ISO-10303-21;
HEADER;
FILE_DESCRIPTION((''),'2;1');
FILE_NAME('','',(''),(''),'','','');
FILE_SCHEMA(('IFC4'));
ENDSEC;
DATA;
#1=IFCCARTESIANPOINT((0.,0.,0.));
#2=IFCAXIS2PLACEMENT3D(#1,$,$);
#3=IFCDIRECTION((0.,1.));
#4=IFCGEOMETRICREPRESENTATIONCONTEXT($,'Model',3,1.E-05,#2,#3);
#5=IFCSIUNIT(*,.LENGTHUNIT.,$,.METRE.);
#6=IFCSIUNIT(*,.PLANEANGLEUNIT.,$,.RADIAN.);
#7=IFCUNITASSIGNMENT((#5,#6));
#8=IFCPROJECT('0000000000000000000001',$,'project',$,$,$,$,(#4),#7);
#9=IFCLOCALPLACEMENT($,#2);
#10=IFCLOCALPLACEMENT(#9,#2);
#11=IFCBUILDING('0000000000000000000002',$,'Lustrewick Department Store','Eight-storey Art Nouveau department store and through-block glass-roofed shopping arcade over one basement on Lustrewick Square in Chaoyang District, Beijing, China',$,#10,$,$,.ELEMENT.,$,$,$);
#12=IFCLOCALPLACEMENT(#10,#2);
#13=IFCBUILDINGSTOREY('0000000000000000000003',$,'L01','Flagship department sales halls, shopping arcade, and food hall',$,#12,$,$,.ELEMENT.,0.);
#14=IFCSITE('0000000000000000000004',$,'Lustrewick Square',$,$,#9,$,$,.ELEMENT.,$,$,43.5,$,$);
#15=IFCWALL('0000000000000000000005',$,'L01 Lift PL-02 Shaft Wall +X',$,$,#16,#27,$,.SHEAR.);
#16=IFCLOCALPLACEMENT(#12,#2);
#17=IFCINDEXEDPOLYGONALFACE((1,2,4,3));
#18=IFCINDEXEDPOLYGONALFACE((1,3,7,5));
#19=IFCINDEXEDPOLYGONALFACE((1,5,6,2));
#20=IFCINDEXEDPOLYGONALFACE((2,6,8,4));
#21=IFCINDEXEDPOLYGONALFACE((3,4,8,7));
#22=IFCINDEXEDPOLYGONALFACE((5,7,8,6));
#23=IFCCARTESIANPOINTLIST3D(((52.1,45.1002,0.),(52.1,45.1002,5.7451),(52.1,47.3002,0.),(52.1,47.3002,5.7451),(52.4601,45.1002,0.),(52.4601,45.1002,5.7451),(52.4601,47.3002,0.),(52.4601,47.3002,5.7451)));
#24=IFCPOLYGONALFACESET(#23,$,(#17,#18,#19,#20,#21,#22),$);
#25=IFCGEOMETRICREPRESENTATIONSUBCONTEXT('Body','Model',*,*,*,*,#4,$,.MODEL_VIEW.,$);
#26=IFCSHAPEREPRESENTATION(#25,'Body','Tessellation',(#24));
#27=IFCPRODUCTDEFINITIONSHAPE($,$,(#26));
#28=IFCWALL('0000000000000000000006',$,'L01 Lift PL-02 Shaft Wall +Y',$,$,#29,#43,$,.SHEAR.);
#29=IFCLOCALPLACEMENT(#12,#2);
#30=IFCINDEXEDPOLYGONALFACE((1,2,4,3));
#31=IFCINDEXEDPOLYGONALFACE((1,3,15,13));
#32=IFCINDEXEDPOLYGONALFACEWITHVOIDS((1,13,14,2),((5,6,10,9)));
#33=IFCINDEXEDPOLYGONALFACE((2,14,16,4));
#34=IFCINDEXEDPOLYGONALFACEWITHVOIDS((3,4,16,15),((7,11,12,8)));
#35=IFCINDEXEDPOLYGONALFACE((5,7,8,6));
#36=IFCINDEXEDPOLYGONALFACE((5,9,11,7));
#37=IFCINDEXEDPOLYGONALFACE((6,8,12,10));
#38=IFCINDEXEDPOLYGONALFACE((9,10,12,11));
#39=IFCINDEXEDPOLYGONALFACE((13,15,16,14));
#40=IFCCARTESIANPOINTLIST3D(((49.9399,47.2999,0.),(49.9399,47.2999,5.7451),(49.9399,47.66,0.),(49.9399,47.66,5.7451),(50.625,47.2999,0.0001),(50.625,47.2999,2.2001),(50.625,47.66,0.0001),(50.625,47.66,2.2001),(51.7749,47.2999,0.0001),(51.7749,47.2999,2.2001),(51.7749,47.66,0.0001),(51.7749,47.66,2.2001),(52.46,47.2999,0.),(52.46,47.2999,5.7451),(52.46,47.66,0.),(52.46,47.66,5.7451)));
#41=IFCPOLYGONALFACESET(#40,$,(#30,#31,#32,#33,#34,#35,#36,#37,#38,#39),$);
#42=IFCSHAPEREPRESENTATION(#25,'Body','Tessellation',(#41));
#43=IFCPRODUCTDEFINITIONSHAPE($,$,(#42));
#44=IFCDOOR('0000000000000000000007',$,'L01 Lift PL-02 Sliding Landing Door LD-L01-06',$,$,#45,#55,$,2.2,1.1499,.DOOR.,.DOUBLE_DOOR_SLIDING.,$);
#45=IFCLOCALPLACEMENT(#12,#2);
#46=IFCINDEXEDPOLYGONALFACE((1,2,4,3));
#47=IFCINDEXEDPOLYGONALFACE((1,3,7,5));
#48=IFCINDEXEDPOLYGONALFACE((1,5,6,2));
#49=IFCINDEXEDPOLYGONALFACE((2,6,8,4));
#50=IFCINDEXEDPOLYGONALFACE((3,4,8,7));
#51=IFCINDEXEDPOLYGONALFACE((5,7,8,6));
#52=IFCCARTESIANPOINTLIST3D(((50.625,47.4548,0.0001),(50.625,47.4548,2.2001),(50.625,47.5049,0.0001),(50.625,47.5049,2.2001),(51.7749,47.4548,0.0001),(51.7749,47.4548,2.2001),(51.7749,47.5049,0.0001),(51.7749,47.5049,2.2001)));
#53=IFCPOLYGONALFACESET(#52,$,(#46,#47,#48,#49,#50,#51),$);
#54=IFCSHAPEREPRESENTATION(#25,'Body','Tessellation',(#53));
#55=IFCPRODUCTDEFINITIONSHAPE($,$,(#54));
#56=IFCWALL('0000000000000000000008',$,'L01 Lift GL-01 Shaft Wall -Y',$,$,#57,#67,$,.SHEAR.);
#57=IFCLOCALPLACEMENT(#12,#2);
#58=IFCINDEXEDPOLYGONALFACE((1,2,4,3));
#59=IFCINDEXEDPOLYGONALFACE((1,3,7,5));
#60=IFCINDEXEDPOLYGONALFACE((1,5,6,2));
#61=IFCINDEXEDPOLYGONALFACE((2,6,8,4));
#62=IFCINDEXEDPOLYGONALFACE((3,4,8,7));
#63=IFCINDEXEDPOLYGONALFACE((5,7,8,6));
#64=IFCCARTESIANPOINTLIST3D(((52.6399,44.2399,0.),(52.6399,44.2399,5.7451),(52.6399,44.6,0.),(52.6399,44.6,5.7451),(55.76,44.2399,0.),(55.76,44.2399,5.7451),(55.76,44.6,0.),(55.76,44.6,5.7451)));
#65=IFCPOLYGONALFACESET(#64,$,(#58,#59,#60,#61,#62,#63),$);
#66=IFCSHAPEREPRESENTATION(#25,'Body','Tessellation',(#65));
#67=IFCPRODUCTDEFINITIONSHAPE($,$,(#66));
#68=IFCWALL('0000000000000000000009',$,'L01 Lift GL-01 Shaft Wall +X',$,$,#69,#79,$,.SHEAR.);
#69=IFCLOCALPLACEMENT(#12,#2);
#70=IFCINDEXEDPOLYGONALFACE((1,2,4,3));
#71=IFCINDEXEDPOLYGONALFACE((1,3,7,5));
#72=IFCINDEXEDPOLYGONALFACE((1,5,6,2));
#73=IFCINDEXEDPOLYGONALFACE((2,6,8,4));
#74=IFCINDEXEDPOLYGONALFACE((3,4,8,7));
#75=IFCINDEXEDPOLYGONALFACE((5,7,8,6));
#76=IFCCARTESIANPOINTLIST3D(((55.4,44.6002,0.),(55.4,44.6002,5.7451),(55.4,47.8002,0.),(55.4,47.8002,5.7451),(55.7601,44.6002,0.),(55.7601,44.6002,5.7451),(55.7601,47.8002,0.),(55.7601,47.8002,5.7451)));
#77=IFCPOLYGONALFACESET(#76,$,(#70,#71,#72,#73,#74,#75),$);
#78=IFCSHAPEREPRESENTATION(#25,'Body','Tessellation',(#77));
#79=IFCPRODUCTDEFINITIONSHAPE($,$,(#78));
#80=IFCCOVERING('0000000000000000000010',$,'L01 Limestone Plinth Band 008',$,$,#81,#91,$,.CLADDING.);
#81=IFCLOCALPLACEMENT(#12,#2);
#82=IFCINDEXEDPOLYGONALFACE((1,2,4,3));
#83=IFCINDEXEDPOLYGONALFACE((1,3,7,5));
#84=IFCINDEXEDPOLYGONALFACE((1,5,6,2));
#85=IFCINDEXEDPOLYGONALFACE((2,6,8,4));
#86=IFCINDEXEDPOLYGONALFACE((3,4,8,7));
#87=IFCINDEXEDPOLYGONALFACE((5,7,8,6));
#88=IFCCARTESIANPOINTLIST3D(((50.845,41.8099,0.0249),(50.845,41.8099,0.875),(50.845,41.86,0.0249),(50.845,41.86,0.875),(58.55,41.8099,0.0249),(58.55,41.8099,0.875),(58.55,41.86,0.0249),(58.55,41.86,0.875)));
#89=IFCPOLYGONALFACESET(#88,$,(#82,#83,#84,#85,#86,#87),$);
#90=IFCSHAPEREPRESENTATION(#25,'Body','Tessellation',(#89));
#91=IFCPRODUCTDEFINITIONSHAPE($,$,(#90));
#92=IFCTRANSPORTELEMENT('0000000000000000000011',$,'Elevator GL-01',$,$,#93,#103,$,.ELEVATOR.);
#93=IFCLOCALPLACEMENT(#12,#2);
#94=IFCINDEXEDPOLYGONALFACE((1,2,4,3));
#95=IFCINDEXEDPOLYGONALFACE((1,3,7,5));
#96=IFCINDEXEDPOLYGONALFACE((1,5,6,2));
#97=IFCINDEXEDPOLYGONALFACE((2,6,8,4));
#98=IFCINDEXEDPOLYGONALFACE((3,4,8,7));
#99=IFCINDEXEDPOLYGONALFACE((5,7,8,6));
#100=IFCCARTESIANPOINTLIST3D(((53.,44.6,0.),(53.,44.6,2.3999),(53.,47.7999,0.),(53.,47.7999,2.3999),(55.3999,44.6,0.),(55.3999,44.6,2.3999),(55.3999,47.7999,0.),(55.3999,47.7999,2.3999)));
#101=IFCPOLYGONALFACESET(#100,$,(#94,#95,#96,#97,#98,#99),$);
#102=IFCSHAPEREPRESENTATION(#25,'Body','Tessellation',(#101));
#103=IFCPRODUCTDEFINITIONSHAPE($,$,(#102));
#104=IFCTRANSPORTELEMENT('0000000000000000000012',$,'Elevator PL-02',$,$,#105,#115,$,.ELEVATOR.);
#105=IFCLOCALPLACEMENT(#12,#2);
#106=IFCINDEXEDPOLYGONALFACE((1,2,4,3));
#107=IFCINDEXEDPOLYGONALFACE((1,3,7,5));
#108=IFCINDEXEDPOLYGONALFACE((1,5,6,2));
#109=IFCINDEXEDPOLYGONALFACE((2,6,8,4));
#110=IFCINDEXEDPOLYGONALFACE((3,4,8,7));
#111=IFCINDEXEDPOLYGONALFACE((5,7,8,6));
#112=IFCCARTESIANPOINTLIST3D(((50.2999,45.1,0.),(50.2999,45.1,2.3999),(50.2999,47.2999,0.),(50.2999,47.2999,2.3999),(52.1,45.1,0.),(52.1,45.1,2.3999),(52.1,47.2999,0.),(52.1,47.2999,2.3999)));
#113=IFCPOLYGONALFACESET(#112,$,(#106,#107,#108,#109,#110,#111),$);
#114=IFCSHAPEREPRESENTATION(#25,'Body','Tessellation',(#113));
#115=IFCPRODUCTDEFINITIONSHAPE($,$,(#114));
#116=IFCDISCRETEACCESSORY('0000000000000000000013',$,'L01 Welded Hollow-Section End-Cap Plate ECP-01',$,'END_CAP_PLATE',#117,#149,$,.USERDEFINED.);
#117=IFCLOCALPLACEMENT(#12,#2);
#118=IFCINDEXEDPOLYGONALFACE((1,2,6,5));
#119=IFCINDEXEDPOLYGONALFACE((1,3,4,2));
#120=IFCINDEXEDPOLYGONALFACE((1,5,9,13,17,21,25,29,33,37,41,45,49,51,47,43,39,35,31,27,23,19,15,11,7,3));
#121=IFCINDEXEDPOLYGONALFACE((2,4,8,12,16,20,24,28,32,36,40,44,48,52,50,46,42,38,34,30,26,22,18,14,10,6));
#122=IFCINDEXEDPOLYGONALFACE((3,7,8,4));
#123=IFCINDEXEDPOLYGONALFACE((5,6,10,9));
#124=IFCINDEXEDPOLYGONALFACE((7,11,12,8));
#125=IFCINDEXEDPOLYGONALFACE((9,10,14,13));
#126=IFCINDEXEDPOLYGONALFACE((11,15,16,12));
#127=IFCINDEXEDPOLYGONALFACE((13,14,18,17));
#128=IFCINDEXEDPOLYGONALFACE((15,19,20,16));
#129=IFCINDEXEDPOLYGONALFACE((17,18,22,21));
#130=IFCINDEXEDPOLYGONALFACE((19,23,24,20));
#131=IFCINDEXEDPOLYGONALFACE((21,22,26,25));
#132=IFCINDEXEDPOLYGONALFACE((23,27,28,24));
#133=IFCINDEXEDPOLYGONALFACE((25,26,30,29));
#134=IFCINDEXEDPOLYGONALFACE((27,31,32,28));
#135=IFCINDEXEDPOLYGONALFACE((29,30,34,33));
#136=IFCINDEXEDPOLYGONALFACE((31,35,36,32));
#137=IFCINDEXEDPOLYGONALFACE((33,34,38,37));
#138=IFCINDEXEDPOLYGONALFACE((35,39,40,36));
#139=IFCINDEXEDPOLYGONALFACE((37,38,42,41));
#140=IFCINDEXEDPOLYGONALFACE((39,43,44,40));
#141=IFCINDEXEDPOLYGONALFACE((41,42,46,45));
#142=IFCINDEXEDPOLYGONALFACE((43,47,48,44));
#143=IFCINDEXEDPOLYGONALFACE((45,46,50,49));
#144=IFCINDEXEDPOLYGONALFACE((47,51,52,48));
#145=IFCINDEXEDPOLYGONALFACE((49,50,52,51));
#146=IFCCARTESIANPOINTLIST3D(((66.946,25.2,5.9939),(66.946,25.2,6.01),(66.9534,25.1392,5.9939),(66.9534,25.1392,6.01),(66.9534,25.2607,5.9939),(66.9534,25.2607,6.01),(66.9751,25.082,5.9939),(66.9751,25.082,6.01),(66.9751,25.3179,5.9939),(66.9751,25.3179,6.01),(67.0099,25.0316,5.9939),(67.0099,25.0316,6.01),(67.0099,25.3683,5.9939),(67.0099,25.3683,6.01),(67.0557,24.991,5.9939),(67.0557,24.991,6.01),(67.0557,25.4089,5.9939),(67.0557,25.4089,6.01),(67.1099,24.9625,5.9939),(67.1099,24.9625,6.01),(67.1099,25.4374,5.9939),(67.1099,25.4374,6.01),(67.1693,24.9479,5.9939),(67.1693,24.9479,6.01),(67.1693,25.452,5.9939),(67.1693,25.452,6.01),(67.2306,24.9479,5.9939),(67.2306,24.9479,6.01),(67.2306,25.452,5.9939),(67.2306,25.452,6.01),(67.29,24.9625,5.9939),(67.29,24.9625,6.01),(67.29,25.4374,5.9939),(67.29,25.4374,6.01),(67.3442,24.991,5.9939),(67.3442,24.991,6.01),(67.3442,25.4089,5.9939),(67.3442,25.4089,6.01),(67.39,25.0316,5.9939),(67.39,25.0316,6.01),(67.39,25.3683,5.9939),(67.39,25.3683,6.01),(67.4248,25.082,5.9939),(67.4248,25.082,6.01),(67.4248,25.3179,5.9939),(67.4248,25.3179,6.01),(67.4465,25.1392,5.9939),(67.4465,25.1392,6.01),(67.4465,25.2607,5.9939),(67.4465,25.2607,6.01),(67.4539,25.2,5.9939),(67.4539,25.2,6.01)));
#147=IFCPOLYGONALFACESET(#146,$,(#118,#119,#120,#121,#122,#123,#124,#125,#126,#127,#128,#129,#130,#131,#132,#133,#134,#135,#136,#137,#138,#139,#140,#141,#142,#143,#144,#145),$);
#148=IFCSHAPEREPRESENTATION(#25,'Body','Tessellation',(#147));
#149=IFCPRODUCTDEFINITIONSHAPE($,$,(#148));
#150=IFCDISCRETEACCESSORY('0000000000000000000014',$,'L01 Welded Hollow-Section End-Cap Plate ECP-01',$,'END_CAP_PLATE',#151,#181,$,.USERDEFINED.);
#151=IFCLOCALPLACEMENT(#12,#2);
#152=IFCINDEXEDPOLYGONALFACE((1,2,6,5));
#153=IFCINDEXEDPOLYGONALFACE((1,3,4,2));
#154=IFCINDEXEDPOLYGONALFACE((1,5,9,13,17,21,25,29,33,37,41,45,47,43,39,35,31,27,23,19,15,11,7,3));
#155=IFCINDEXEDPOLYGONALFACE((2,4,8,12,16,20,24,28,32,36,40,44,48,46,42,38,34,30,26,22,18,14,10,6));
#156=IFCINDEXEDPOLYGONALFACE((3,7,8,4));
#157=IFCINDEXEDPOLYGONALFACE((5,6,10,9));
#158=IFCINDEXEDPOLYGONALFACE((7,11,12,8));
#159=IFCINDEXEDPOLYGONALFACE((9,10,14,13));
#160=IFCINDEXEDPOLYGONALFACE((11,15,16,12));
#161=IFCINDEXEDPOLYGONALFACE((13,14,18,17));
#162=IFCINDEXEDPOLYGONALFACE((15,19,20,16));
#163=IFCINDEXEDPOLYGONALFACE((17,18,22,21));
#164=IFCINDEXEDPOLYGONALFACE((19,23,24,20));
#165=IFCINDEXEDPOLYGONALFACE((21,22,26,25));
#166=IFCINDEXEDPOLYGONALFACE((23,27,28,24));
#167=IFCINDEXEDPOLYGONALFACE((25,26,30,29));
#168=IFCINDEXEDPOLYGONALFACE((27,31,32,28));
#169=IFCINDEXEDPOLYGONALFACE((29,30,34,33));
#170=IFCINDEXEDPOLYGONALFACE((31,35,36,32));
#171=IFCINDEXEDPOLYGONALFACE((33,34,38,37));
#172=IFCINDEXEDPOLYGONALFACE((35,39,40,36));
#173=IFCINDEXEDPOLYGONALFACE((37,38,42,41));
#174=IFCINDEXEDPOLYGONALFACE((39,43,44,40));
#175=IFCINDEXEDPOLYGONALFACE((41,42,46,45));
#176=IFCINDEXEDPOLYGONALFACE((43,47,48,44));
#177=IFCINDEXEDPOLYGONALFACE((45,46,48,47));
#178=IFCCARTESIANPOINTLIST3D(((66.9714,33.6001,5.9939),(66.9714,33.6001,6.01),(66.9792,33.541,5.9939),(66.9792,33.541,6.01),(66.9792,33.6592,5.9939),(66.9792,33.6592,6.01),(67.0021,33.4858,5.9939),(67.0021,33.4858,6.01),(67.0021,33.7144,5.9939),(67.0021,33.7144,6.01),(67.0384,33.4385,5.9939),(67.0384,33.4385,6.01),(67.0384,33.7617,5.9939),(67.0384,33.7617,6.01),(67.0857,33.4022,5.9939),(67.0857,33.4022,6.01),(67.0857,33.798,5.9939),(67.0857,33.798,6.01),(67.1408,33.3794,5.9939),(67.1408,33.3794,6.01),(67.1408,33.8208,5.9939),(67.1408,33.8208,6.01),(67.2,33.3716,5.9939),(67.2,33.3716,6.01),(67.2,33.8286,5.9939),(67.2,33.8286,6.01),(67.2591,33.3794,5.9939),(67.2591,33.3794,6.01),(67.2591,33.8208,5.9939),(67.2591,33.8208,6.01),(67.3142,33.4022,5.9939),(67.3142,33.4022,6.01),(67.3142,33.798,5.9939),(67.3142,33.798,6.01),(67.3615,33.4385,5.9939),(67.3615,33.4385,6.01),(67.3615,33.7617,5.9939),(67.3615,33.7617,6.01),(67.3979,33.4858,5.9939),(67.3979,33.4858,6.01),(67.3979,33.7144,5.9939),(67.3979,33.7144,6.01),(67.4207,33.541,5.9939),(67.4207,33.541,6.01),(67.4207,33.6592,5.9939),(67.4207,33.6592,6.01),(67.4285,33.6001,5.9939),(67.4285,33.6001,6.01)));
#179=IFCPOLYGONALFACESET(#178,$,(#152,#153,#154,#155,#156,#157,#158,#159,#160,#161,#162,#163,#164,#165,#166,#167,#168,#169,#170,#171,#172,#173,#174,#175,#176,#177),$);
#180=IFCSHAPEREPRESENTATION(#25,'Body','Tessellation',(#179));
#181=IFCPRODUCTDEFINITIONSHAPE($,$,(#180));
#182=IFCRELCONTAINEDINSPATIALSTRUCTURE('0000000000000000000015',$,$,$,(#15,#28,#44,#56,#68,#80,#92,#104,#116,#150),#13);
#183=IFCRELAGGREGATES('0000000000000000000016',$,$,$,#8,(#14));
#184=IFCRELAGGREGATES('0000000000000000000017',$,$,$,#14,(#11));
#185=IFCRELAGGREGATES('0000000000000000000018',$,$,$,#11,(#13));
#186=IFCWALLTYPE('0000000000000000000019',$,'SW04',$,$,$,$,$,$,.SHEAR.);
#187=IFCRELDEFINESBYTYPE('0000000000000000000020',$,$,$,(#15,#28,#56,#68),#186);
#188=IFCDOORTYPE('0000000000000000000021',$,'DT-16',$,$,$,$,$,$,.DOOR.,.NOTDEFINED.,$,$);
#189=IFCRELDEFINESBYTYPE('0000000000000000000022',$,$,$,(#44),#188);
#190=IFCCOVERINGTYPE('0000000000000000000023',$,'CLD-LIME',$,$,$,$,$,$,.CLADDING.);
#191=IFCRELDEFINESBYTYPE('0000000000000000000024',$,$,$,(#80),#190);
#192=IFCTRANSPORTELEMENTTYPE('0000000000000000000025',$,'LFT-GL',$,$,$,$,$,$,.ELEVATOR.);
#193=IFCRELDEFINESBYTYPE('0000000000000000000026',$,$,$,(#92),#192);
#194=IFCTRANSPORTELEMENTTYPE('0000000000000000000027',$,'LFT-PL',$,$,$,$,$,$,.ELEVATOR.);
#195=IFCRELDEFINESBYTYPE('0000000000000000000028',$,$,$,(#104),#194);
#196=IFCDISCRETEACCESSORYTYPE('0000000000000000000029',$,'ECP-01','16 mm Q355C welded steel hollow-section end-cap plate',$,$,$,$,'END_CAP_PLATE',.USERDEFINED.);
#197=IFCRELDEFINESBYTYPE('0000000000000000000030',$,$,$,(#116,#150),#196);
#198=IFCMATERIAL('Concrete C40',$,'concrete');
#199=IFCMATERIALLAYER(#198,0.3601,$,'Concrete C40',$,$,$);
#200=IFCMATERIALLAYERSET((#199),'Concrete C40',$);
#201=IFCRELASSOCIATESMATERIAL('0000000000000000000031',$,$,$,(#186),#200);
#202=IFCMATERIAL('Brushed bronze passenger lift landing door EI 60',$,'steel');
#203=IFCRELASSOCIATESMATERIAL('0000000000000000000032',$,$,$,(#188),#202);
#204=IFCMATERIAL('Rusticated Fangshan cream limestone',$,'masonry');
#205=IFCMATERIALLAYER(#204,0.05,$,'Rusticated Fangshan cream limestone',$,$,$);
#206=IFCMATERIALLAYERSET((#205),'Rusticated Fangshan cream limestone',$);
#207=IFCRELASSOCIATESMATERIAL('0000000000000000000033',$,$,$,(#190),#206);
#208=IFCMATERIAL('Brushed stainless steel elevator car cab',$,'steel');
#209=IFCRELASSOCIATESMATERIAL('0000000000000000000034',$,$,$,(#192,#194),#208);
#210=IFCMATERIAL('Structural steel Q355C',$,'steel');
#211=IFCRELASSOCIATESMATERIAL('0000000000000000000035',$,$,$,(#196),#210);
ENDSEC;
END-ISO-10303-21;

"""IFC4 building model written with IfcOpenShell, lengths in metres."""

from ifc_helpers import new_model, si_unit, direction, frame, frame_2d, origin, origin_2d, place, context, subcontext, project, spatial, rectangle, circle, extrude, material, layer, layer_set, type_object, element, fill, save


model = new_model("IFC4")

# Units and contexts
model_context = context("Model", 3, precision=1e-05, world=origin(), true_north=direction((0.0, 1.0)))
body_context = subcontext(model_context, "Body", "Model", "MODEL_VIEW")
ifc_project = project(units=[si_unit("LENGTHUNIT", "METRE"), si_unit("PLANEANGLEUNIT", "RADIAN")], contexts=[model_context])

# Site, building, storey
site_placement = place(None, origin())
site = spatial("IfcSite", under=ifc_project, at=site_placement, Name="Lustrewick Square", CompositionType="ELEMENT", RefElevation=43.5)
building_placement = place(site_placement, origin())
building = spatial("IfcBuilding", under=site, at=building_placement, Name="Lustrewick Department Store", Description="Eight-storey Art Nouveau department store and through-block glass-roofed shopping arcade over one basement on Lustrewick Square in Chaoyang District, Beijing, China", CompositionType="ELEMENT")
storey_placement = place(building_placement, origin())
storey = spatial("IfcBuildingStorey", under=building, at=storey_placement, Name="L01", Description="Flagship department sales halls, shopping arcade, and food hall", CompositionType="ELEMENT", Elevation=0.0)

# Shared definitions
ifc_material_1 = material(Name="Structural steel Q355C", Category="steel")
ifc_material_2 = material(Name="Concrete C40", Category="concrete")

# Wall
ifc_layer_1 = layer(ifc_material_2, 0.3601, Name="Concrete C40")
ifc_layer_set_1 = layer_set([ifc_layer_1], Name="Concrete C40")
wall_type_1 = type_object("IfcWallType", Name="SW04", PredefinedType="SHEAR", material=ifc_layer_set_1)
wall_1_placement = place(storey_placement, frame((52.28, 45.1001, 0.0), z_axis=(0.0, 0.0, 1.0), x_axis=(0.0, 1.0, 0.0)))
element("IfcWall", 1, at=wall_1_placement, inside=storey, type_object=wall_type_1, Name="L01 Lift PL-02 Shaft Wall +X", PredefinedType="SHEAR", context=body_context, shape_type="SweptSolid", body=[
    extrude(rectangle(XDim=2.2, YDim=0.3601, at=frame_2d((1.1001, 0.0))), origin(), (0.0, 0.0, 1.0), 5.7451),
])

# Wall, opening, door
wall_2_placement = place(storey_placement, frame((52.46, 47.48, 0.0), z_axis=(0.0, 0.0, 1.0), x_axis=(-1.0, 0.0, 0.0)))
wall_2 = element("IfcWall", 2, at=wall_2_placement, inside=storey, type_object=wall_type_1, Name="L01 Lift PL-02 Shaft Wall +Y", PredefinedType="SHEAR", context=body_context, shape_type="SweptSolid", body=[
    extrude(rectangle(XDim=2.52, YDim=0.3601, at=frame_2d((1.26, 0.0))), origin(), (0.0, 0.0, 1.0), 5.7451),
])
opening_1_placement = place(wall_2_placement, frame((0.6851, 0.0, 0.0)))
opening_1 = element("IfcOpeningElement", 3, at=opening_1_placement, cuts=wall_2, PredefinedType="OPENING", context=body_context, shape_type="SweptSolid", body=[
    extrude(rectangle(XDim=1.1499, YDim=2.2, at=frame_2d((0.575, 1.1001))), frame((0.0, 0.1899, 0.0), z_axis=(0.0, -1.0, 0.0), x_axis=(1.0, 0.0, 0.0)), (0.0, 0.0, 1.0), 0.3801),
])
ifc_material_3 = material(Name="Brushed bronze passenger lift landing door EI 60", Category="steel")
door_type_1 = type_object("IfcDoorType", Name="DT-16", OperationType="NOTDEFINED", PredefinedType="DOOR", material=ifc_material_3)
door_1_placement = place(opening_1_placement, frame((1.1499, 0.0, 0.0), z_axis=(0.0, 0.0, 1.0), x_axis=(-1.0, 0.0, 0.0)))
door_1 = element("IfcDoor", 4, at=door_1_placement, inside=storey, type_object=door_type_1, Name="L01 Lift PL-02 Sliding Landing Door LD-L01-06", OperationType="DOUBLE_DOOR_SLIDING", OverallHeight=2.2, OverallWidth=1.1499, PredefinedType="DOOR", context=body_context, shape_type="SweptSolid", body=[
    extrude(rectangle(XDim=1.1499, YDim=2.2, at=frame_2d((0.575, 1.1001))), frame((0.0, 0.0249, 0.0), z_axis=(0.0, -1.0, 0.0), x_axis=(1.0, 0.0, 0.0)), (0.0, 0.0, 1.0), 0.05),
])
fill(opening_1, door_1)

# Walls
wall_3_placement = place(storey_placement, frame((52.6399, 44.4199, 0.0), z_axis=(0.0, 0.0, 1.0), x_axis=(1.0, 0.0, 0.0)))
element("IfcWall", 5, at=wall_3_placement, inside=storey, type_object=wall_type_1, Name="L01 Lift GL-01 Shaft Wall -Y", PredefinedType="SHEAR", context=body_context, shape_type="SweptSolid", body=[
    extrude(rectangle(XDim=3.1201, YDim=0.3601, at=frame_2d((1.5601, 0.0))), origin(), (0.0, 0.0, 1.0), 5.7451),
])
wall_4_placement = place(storey_placement, frame((55.5801, 44.6001, 0.0), z_axis=(0.0, 0.0, 1.0), x_axis=(0.0, 1.0, 0.0)))
element("IfcWall", 6, at=wall_4_placement, inside=storey, type_object=wall_type_1, Name="L01 Lift GL-01 Shaft Wall +X", PredefinedType="SHEAR", context=body_context, shape_type="SweptSolid", body=[
    extrude(rectangle(XDim=3.2, YDim=0.3601, at=frame_2d((1.6001, 0.0))), origin(), (0.0, 0.0, 1.0), 5.7451),
])

# Covering
ifc_material_4 = material(Name="Rusticated Fangshan cream limestone", Category="masonry")
ifc_layer_2 = layer(ifc_material_4, 0.05, Name="Rusticated Fangshan cream limestone")
ifc_layer_set_2 = layer_set([ifc_layer_2], Name="Rusticated Fangshan cream limestone")
covering_type = type_object("IfcCoveringType", Name="CLD-LIME", PredefinedType="CLADDING", material=ifc_layer_set_2)
covering_placement = place(storey_placement, frame((54.6975, 41.835, 0.0249), z_axis=(0.0, 0.0, 1.0), x_axis=(1.0, 0.0, 0.0)))
element("IfcCovering", 7, at=covering_placement, inside=storey, type_object=covering_type, Name="L01 Limestone Plinth Band 008", PredefinedType="CLADDING", context=body_context, shape_type="SweptSolid", body=[
    extrude(rectangle(XDim=7.7051, YDim=0.05, at=origin_2d()), origin(), (0.0, 0.0, 1.0), 0.8501),
])

# Transport elements
ifc_material_5 = material(Name="Brushed stainless steel elevator car cab", Category="steel")
transport_element_type_1 = type_object("IfcTransportElementType", Name="LFT-GL", PredefinedType="ELEVATOR", material=ifc_material_5)
transport_element_1_placement = place(storey_placement, frame((54.2, 46.2, 0.0), z_axis=(0.0, 0.0, 1.0), x_axis=(1.0, 0.0, 0.0)))
element("IfcTransportElement", 8, at=transport_element_1_placement, inside=storey, type_object=transport_element_type_1, Name="Elevator GL-01", PredefinedType="ELEVATOR", context=body_context, shape_type="SweptSolid", body=[
    extrude(rectangle(XDim=2.3999, YDim=3.2, at=origin_2d()), origin(), (0.0, 0.0, 1.0), 2.3999),
])
transport_element_type_2 = type_object("IfcTransportElementType", Name="LFT-PL", PredefinedType="ELEVATOR", material=ifc_material_5)
transport_element_2_placement = place(storey_placement, frame((51.2, 46.2, 0.0), z_axis=(0.0, 0.0, 1.0), x_axis=(1.0, 0.0, 0.0)))
element("IfcTransportElement", 9, at=transport_element_2_placement, inside=storey, type_object=transport_element_type_2, Name="Elevator PL-02", PredefinedType="ELEVATOR", context=body_context, shape_type="SweptSolid", body=[
    extrude(rectangle(XDim=1.8, YDim=2.2, at=origin_2d()), origin(), (0.0, 0.0, 1.0), 2.3999),
])

# Discrete accessories
discrete_accessory_type = type_object("IfcDiscreteAccessoryType", Name="ECP-01", Description="16 mm Q355C welded steel hollow-section end-cap plate", ElementType="END_CAP_PLATE", PredefinedType="USERDEFINED", material=ifc_material_1)
discrete_accessory_1_placement = place(storey_placement, frame((67.2, 25.2, 5.9939), z_axis=(0.0, 0.0, 1.0), x_axis=(1.0, 0.0, 0.0)))
element("IfcDiscreteAccessory", 10, at=discrete_accessory_1_placement, inside=storey, type_object=discrete_accessory_type, Name="L01 Welded Hollow-Section End-Cap Plate ECP-01", ObjectType="END_CAP_PLATE", PredefinedType="USERDEFINED", context=body_context, shape_type="SweptSolid", body=[
    extrude(circle(Radius=0.2539, at=origin_2d()), origin(), (0.0, 0.0, 1.0), 0.0161),
])
discrete_accessory_2_placement = place(storey_placement, frame((67.2, 33.6001, 5.9939), z_axis=(0.0, 0.0, 1.0), x_axis=(1.0, 0.0, 0.0)))
element("IfcDiscreteAccessory", 11, at=discrete_accessory_2_placement, inside=storey, type_object=discrete_accessory_type, Name="L01 Welded Hollow-Section End-Cap Plate ECP-01", ObjectType="END_CAP_PLATE", PredefinedType="USERDEFINED", context=body_context, shape_type="SweptSolid", body=[
    extrude(circle(Radius=0.2285, at=origin_2d()), origin(), (0.0, 0.0, 1.0), 0.0161),
])

save(model, "model.ifc")
